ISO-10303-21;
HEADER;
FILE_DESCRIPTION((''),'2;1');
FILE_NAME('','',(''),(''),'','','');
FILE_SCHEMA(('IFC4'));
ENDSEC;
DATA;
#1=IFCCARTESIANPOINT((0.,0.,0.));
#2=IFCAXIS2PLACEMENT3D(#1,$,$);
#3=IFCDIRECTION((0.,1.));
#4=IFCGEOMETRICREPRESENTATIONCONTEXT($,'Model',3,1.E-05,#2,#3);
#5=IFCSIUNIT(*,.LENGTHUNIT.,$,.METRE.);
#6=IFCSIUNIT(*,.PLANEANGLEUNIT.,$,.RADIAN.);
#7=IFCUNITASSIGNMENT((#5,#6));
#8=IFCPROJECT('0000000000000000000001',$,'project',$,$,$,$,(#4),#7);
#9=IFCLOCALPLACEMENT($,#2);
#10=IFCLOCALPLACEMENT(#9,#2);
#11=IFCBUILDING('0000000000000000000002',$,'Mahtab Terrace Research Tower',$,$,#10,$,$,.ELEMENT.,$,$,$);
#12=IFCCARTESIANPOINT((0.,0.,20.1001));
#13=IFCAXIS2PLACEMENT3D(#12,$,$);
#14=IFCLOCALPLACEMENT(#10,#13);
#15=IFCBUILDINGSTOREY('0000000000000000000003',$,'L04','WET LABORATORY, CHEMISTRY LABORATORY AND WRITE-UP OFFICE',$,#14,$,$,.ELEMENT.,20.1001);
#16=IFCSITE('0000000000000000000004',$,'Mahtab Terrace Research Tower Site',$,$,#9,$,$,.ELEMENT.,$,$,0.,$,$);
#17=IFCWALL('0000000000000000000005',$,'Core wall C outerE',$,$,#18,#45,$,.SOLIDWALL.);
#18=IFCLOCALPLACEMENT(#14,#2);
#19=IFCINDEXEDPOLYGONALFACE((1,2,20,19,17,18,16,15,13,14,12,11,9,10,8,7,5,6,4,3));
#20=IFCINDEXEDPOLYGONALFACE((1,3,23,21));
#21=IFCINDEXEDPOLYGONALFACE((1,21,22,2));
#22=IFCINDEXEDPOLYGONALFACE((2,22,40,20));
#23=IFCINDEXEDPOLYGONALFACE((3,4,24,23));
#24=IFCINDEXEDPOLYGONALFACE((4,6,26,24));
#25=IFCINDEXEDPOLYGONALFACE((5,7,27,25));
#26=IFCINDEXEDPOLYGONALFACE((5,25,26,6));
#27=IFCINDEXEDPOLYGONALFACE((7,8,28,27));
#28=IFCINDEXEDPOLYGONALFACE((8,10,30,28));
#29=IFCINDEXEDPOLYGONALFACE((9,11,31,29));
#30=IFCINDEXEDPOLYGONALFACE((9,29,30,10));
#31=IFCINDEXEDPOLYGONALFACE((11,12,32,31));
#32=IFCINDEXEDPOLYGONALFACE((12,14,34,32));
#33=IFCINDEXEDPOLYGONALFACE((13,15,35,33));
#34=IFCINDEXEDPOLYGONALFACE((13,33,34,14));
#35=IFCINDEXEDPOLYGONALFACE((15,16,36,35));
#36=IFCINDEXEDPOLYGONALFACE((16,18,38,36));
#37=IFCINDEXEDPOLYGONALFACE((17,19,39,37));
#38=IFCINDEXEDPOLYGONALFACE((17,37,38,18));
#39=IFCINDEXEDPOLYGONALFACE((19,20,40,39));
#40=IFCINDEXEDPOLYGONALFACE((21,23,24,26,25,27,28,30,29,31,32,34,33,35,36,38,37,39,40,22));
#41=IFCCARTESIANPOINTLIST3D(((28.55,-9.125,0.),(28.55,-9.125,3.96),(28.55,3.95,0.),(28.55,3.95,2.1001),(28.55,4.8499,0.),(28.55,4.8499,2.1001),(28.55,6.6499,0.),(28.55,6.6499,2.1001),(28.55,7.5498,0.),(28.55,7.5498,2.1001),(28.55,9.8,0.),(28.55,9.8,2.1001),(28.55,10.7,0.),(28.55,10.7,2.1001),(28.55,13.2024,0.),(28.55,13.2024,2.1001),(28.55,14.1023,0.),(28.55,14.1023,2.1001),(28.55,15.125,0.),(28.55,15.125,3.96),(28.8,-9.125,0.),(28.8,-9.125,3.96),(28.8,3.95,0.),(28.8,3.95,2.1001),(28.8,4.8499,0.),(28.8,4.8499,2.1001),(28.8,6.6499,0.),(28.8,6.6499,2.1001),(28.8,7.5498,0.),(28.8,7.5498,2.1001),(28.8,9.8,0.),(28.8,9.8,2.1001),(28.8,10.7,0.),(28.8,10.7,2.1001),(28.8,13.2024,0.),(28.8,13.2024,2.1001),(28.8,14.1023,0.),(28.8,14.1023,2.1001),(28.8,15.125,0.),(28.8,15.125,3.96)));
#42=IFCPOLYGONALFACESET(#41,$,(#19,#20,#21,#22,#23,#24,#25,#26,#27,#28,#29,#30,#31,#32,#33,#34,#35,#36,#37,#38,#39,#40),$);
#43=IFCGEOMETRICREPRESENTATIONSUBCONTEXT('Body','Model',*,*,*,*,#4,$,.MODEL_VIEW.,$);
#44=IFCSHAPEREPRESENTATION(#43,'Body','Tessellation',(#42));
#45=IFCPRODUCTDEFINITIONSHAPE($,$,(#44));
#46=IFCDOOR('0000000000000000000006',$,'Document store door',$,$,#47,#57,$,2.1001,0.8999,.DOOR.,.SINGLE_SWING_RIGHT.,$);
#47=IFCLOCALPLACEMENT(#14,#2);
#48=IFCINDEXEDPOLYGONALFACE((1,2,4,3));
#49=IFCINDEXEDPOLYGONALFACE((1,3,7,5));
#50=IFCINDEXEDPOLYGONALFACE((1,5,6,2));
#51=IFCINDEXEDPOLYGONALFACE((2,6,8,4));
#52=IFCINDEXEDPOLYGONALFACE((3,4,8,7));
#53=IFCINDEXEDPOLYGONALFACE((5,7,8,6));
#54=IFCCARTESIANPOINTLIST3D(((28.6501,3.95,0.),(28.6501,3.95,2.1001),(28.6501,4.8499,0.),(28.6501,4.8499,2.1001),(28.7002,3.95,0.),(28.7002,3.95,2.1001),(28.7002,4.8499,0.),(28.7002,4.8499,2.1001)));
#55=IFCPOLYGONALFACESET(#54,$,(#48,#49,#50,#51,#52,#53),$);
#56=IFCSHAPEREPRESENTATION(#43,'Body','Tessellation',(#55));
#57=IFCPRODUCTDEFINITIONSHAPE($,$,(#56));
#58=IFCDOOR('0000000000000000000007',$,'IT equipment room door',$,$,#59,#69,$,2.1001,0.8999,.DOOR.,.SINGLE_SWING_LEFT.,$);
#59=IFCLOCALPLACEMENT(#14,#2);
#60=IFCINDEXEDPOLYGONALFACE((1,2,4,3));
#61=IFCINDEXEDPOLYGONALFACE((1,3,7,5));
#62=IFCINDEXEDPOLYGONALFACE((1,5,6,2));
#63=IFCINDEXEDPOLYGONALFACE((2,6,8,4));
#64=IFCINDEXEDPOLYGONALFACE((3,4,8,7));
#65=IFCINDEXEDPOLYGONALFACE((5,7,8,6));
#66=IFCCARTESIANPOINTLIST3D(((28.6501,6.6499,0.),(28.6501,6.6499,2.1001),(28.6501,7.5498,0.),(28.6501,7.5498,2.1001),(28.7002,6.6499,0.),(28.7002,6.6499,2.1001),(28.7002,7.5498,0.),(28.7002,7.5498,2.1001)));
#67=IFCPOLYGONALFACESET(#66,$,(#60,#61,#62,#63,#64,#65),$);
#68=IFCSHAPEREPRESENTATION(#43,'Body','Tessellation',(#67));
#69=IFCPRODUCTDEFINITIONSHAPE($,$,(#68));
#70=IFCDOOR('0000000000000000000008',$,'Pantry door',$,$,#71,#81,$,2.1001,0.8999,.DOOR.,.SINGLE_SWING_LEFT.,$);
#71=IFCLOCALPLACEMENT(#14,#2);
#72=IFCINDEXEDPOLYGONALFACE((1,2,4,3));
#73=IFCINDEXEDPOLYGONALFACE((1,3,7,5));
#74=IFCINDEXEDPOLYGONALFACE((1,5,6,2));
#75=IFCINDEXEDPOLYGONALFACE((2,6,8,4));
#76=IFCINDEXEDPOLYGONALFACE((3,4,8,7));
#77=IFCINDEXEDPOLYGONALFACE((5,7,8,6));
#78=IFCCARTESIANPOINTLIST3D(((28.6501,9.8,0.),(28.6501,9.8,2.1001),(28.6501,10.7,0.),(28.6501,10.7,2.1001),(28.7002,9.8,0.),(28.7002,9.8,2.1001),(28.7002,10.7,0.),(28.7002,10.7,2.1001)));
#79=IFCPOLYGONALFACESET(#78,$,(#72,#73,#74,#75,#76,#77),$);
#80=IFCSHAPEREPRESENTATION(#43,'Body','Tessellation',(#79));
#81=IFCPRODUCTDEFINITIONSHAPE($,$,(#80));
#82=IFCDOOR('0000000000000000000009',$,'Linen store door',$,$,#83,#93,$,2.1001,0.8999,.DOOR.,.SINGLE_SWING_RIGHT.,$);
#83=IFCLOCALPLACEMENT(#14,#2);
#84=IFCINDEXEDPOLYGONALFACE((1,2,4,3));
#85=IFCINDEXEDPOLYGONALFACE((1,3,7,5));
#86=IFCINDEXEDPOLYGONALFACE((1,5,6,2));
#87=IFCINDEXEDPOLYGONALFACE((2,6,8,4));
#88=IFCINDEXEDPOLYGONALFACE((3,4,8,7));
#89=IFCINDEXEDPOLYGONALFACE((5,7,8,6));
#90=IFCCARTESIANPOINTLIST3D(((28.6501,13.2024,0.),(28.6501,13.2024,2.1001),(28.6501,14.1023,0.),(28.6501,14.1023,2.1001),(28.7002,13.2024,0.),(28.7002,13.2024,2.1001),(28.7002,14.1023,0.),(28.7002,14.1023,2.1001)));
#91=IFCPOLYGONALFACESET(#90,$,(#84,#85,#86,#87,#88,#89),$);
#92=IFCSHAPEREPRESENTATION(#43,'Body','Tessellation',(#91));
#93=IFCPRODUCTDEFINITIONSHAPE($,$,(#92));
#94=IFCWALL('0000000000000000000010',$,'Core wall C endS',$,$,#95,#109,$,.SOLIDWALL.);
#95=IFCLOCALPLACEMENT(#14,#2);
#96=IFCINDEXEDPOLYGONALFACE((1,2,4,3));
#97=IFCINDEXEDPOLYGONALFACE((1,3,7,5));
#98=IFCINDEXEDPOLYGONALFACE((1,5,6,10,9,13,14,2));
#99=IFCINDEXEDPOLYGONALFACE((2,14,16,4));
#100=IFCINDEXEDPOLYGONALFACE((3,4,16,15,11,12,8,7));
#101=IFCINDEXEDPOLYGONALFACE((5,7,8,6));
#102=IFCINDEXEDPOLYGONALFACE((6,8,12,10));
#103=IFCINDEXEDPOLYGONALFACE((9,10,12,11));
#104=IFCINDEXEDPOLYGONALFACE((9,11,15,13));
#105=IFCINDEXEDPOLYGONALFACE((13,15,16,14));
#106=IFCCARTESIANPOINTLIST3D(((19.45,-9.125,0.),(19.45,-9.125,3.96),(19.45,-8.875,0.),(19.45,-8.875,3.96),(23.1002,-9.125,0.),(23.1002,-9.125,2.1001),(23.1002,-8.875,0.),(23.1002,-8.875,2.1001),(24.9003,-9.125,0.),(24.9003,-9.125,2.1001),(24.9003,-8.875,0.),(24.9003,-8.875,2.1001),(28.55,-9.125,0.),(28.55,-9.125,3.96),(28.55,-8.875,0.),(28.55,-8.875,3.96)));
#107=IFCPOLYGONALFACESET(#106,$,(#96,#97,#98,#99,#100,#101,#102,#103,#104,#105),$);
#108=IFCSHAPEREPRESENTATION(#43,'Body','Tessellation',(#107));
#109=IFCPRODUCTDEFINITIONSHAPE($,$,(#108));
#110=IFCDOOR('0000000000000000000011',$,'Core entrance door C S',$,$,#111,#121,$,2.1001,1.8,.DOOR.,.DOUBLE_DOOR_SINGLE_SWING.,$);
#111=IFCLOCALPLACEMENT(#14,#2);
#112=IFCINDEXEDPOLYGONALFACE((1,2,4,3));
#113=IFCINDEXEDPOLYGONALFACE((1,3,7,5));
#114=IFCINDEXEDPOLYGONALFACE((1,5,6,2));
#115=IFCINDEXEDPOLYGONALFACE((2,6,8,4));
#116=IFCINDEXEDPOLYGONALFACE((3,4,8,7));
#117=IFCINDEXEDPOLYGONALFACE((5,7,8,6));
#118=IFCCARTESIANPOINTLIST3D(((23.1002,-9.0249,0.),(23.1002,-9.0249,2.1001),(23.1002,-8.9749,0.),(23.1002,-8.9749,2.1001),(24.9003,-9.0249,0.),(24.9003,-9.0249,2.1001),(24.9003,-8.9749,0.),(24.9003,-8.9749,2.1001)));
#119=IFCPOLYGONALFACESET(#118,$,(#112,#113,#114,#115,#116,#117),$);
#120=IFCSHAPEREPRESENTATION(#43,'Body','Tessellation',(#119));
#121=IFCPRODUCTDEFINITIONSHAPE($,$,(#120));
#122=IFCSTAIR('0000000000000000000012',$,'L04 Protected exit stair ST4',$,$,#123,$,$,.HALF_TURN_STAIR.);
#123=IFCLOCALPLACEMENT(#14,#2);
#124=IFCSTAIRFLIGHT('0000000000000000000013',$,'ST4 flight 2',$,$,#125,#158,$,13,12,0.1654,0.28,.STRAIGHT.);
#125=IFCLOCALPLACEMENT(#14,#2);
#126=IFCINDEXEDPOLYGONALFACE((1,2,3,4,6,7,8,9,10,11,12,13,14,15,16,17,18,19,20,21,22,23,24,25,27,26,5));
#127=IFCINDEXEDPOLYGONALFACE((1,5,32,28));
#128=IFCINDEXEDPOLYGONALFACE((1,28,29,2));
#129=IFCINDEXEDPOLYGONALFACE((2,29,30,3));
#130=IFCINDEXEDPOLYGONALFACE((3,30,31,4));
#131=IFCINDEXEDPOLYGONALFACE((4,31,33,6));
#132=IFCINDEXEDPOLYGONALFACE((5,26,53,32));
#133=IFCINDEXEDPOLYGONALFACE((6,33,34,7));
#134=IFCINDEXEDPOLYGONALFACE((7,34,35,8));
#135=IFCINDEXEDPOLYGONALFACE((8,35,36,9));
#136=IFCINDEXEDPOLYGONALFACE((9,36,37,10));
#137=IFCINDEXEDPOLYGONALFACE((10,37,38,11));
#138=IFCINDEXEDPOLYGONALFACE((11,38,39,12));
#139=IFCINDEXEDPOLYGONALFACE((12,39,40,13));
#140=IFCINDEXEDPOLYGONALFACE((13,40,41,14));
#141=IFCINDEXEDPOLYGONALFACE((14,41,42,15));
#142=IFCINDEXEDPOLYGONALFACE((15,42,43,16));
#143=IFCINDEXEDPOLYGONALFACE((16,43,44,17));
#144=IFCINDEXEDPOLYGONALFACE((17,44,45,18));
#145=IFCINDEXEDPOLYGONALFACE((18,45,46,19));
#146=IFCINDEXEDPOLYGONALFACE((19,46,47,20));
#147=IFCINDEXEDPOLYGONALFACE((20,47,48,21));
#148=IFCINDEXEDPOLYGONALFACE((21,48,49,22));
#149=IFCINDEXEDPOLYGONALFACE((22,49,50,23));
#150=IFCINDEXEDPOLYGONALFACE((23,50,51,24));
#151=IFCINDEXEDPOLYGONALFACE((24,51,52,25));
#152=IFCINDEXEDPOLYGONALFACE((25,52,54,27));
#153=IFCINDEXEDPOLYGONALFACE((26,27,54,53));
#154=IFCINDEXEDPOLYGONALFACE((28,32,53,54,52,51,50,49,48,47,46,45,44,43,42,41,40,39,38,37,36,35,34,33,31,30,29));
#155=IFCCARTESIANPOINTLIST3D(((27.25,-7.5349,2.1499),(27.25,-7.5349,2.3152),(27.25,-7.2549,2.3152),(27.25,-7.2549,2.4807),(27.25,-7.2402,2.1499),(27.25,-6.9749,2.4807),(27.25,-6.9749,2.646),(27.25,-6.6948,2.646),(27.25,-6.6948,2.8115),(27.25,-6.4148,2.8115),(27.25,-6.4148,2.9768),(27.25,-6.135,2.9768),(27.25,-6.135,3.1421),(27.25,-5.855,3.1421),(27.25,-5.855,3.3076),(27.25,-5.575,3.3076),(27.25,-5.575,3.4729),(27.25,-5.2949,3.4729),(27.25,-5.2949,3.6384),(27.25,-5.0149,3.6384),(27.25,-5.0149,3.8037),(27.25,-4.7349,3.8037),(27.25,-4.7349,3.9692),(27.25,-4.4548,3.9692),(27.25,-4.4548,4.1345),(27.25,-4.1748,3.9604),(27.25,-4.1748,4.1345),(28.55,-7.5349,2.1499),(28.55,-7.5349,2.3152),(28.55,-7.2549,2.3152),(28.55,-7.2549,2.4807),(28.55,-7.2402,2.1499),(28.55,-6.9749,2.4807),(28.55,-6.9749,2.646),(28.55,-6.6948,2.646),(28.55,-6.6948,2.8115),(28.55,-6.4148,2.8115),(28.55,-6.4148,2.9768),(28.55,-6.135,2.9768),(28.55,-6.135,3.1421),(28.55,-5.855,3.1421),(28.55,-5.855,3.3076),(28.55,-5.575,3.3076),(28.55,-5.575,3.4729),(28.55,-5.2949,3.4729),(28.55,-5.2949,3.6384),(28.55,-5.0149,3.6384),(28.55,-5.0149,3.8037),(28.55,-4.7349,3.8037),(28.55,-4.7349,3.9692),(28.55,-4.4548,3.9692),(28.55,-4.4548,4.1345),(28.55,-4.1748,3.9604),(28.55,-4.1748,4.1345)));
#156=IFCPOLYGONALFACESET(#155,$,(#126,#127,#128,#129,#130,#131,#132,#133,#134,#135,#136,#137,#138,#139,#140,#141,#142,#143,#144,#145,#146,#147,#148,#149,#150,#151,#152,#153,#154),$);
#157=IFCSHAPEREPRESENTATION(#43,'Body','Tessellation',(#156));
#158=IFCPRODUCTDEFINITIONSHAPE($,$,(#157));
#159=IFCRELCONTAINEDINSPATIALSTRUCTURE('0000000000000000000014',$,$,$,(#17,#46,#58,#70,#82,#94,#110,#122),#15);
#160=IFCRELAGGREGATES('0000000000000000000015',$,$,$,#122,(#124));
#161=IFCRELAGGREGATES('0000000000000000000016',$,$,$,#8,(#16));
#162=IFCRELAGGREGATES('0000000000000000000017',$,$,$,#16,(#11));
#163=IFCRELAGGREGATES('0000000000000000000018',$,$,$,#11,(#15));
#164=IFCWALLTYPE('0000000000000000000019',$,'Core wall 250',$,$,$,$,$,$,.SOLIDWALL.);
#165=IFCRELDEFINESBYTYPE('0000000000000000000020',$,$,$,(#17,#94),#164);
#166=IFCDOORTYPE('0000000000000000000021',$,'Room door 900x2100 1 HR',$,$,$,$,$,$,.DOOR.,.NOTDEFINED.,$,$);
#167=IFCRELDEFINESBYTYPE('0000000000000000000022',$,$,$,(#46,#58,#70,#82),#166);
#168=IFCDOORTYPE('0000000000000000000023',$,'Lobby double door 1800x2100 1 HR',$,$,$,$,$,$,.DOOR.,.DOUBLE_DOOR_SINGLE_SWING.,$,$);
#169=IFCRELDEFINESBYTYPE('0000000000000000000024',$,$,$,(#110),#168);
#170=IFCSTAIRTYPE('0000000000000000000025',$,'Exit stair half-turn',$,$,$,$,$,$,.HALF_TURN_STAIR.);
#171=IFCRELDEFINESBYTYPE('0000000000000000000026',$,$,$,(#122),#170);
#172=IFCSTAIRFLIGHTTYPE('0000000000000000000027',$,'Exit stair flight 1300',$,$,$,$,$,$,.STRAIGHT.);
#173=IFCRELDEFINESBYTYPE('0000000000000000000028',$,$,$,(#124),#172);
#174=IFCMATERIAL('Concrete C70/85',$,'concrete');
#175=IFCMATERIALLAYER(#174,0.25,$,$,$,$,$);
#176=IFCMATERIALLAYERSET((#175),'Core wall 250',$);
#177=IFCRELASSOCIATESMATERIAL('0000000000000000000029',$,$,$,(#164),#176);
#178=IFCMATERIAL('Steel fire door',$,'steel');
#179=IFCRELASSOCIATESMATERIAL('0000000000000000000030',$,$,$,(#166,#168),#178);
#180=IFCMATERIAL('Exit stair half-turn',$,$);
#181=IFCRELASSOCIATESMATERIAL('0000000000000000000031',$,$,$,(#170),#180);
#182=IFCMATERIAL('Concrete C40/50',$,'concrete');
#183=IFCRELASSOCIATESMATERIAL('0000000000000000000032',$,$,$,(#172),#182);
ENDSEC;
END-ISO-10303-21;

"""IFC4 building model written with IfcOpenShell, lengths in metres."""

from ifc_helpers import new_model, si_unit, direction, frame, frame_2d, origin, place, context, subcontext, project, spatial, polyline, rectangle, outline, extrude, material, layer, layer_set, type_object, element, fill, aggregate, save


model = new_model("IFC4")

# Units and contexts
model_context = context("Model", 3, precision=1e-05, world=origin(), true_north=direction((0.0, 1.0)))
body_context = subcontext(model_context, "Body", "Model", "MODEL_VIEW")
ifc_project = project(units=[si_unit("LENGTHUNIT", "METRE"), si_unit("PLANEANGLEUNIT", "RADIAN")], contexts=[model_context])

# Site, building, storey
site_placement = place(None, origin())
site = spatial("IfcSite", under=ifc_project, at=site_placement, Name="Mahtab Terrace Research Tower Site", CompositionType="ELEMENT", RefElevation=0.0)
building_placement = place(site_placement, origin())
building = spatial("IfcBuilding", under=site, at=building_placement, Name="Mahtab Terrace Research Tower", CompositionType="ELEMENT")
storey_placement = place(building_placement, frame((0.0, 0.0, 20.1001)))
storey = spatial("IfcBuildingStorey", under=building, at=storey_placement, Name="L04", Description="WET LABORATORY, CHEMISTRY LABORATORY AND WRITE-UP OFFICE", CompositionType="ELEMENT", Elevation=20.1001)

# Wall, openings, doors
ifc_material_1 = material(Name="Concrete C70/85", Category="concrete")
ifc_layer = layer(ifc_material_1, 0.25)
ifc_layer_set = layer_set([ifc_layer], Name="Core wall 250")
wall_type = type_object("IfcWallType", Name="Core wall 250", PredefinedType="SOLIDWALL", material=ifc_layer_set)
wall_1_placement = place(storey_placement, frame((28.675, -9.125, 0.0), z_axis=(0.0, 0.0, 1.0), x_axis=(0.0, 1.0, 0.0)))
wall_1 = element("IfcWall", 1, at=wall_1_placement, inside=storey, type_object=wall_type, Name="Core wall C outerE", PredefinedType="SOLIDWALL", context=body_context, shape_type="SweptSolid", body=[
    extrude(rectangle(XDim=24.25, YDim=0.25, at=frame_2d((12.125, 0.0))), origin(), (0.0, 0.0, 1.0), 3.96),
])
opening_1_placement = place(wall_1_placement, frame((13.075, 0.0, 0.0)))
opening_1 = element("IfcOpeningElement", 2, at=opening_1_placement, cuts=wall_1, PredefinedType="OPENING", context=body_context, shape_type="SweptSolid", body=[
    extrude(rectangle(XDim=0.8999, YDim=2.1001, at=frame_2d((0.45, 1.05))), frame((0.0, 0.135, 0.0), z_axis=(0.0, -1.0, 0.0), x_axis=(1.0, 0.0, 0.0)), (0.0, 0.0, 1.0), 0.27),
])
opening_2_placement = place(wall_1_placement, frame((15.7749, 0.0, 0.0)))
opening_2 = element("IfcOpeningElement", 3, at=opening_2_placement, cuts=wall_1, PredefinedType="OPENING", context=body_context, shape_type="SweptSolid", body=[
    extrude(rectangle(XDim=0.8999, YDim=2.1001, at=frame_2d((0.45, 1.05))), frame((0.0, 0.135, 0.0), z_axis=(0.0, -1.0, 0.0), x_axis=(1.0, 0.0, 0.0)), (0.0, 0.0, 1.0), 0.27),
])
opening_3_placement = place(wall_1_placement, frame((18.925, 0.0, 0.0)))
opening_3 = element("IfcOpeningElement", 4, at=opening_3_placement, cuts=wall_1, PredefinedType="OPENING", context=body_context, shape_type="SweptSolid", body=[
    extrude(rectangle(XDim=0.8999, YDim=2.1001, at=frame_2d((0.45, 1.05))), frame((0.0, 0.135, 0.0), z_axis=(0.0, -1.0, 0.0), x_axis=(1.0, 0.0, 0.0)), (0.0, 0.0, 1.0), 0.27),
])
opening_4_placement = place(wall_1_placement, frame((22.3274, 0.0, 0.0)))
opening_4 = element("IfcOpeningElement", 5, at=opening_4_placement, cuts=wall_1, PredefinedType="OPENING", context=body_context, shape_type="SweptSolid", body=[
    extrude(rectangle(XDim=0.8999, YDim=2.1001, at=frame_2d((0.45, 1.05))), frame((0.0, 0.135, 0.0), z_axis=(0.0, -1.0, 0.0), x_axis=(1.0, 0.0, 0.0)), (0.0, 0.0, 1.0), 0.27),
])
ifc_material_2 = material(Name="Steel fire door", Category="steel")
door_type_1 = type_object("IfcDoorType", Name="Room door 900x2100 1 HR", OperationType="NOTDEFINED", PredefinedType="DOOR", material=ifc_material_2)
door_1_placement = place(opening_1_placement, origin())
door_1 = element("IfcDoor", 6, at=door_1_placement, inside=storey, type_object=door_type_1, Name="Document store door", OperationType="SINGLE_SWING_RIGHT", OverallHeight=2.1001, OverallWidth=0.8999, PredefinedType="DOOR", context=body_context, shape_type="SweptSolid", body=[
    extrude(rectangle(XDim=0.8999, YDim=2.1001, at=frame_2d((0.45, 1.05))), frame((0.0, 0.0249, 0.0), z_axis=(0.0, -1.0, 0.0), x_axis=(1.0, 0.0, 0.0)), (0.0, 0.0, 1.0), 0.05),
])
fill(opening_1, door_1)
door_2_placement = place(opening_2_placement, origin())
door_2 = element("IfcDoor", 7, at=door_2_placement, inside=storey, type_object=door_type_1, Name="IT equipment room door", OperationType="SINGLE_SWING_LEFT", OverallHeight=2.1001, OverallWidth=0.8999, PredefinedType="DOOR", context=body_context, shape_type="SweptSolid", body=[
    extrude(rectangle(XDim=0.8999, YDim=2.1001, at=frame_2d((0.45, 1.05))), frame((0.0, 0.0249, 0.0), z_axis=(0.0, -1.0, 0.0), x_axis=(1.0, 0.0, 0.0)), (0.0, 0.0, 1.0), 0.05),
])
fill(opening_2, door_2)
door_3_placement = place(opening_3_placement, origin())
door_3 = element("IfcDoor", 8, at=door_3_placement, inside=storey, type_object=door_type_1, Name="Pantry door", OperationType="SINGLE_SWING_LEFT", OverallHeight=2.1001, OverallWidth=0.8999, PredefinedType="DOOR", context=body_context, shape_type="SweptSolid", body=[
    extrude(rectangle(XDim=0.8999, YDim=2.1001, at=frame_2d((0.45, 1.05))), frame((0.0, 0.0249, 0.0), z_axis=(0.0, -1.0, 0.0), x_axis=(1.0, 0.0, 0.0)), (0.0, 0.0, 1.0), 0.05),
])
fill(opening_3, door_3)
door_4_placement = place(opening_4_placement, origin())
door_4 = element("IfcDoor", 9, at=door_4_placement, inside=storey, type_object=door_type_1, Name="Linen store door", OperationType="SINGLE_SWING_RIGHT", OverallHeight=2.1001, OverallWidth=0.8999, PredefinedType="DOOR", context=body_context, shape_type="SweptSolid", body=[
    extrude(rectangle(XDim=0.8999, YDim=2.1001, at=frame_2d((0.45, 1.05))), frame((0.0, 0.0249, 0.0), z_axis=(0.0, -1.0, 0.0), x_axis=(1.0, 0.0, 0.0)), (0.0, 0.0, 1.0), 0.05),
])
fill(opening_4, door_4)

# Wall, opening, door
wall_2_placement = place(storey_placement, frame((28.55, -9.0, 0.0), z_axis=(0.0, 0.0, 1.0), x_axis=(-1.0, 0.0, 0.0)))
wall_2 = element("IfcWall", 10, at=wall_2_placement, inside=storey, type_object=wall_type, Name="Core wall C endS", PredefinedType="SOLIDWALL", context=body_context, shape_type="SweptSolid", body=[
    extrude(rectangle(XDim=9.1001, YDim=0.25, at=frame_2d((4.55, 0.0))), origin(), (0.0, 0.0, 1.0), 3.96),
])
opening_5_placement = place(wall_2_placement, frame((3.6499, 0.0, 0.0)))
opening_5 = element("IfcOpeningElement", 11, at=opening_5_placement, cuts=wall_2, PredefinedType="OPENING", context=body_context, shape_type="SweptSolid", body=[
    extrude(rectangle(XDim=1.8, YDim=2.1001, at=frame_2d((0.8999, 1.05))), frame((0.0, 0.135, 0.0), z_axis=(0.0, -1.0, 0.0), x_axis=(1.0, 0.0, 0.0)), (0.0, 0.0, 1.0), 0.27),
])
door_type_2 = type_object("IfcDoorType", Name="Lobby double door 1800x2100 1 HR", OperationType="DOUBLE_DOOR_SINGLE_SWING", PredefinedType="DOOR", material=ifc_material_2)
door_5_placement = place(opening_5_placement, origin())
door_5 = element("IfcDoor", 12, at=door_5_placement, inside=storey, type_object=door_type_2, Name="Core entrance door C S", OperationType="DOUBLE_DOOR_SINGLE_SWING", OverallHeight=2.1001, OverallWidth=1.8, PredefinedType="DOOR", context=body_context, shape_type="SweptSolid", body=[
    extrude(rectangle(XDim=1.8, YDim=2.1001, at=frame_2d((0.8999, 1.05))), frame((0.0, 0.0249, 0.0), z_axis=(0.0, -1.0, 0.0), x_axis=(1.0, 0.0, 0.0)), (0.0, 0.0, 1.0), 0.05),
])
fill(opening_5, door_5)

# Stair, stair flight
ifc_material_3 = material(Name="Exit stair half-turn")
stair_type = type_object("IfcStairType", Name="Exit stair half-turn", PredefinedType="HALF_TURN_STAIR", material=ifc_material_3)
stair_placement = place(storey_placement, origin())
stair = element("IfcStair", 13, at=stair_placement, inside=storey, type_object=stair_type, Name="L04 Protected exit stair ST4", PredefinedType="HALF_TURN_STAIR")
ifc_material_4 = material(Name="Concrete C40/50", Category="concrete")
stair_flight_type = type_object("IfcStairFlightType", Name="Exit stair flight 1300", PredefinedType="STRAIGHT", material=ifc_material_4)
stair_flight_placement = place(storey_placement, frame((27.8999, -7.5349, 2.1499), z_axis=(0.0, 0.0, 1.0), x_axis=(0.0, 1.0, 0.0)))
stair_flight = element("IfcStairFlight", 14, at=stair_flight_placement, type_object=stair_flight_type, Name="ST4 flight 2", NumberOfRisers=13, NumberOfTreads=12, PredefinedType="STRAIGHT", RiserHeight=0.1654, TreadLength=0.28, context=body_context, shape_type="SweptSolid", body=[
    extrude(outline(polyline([(0.0, 0.0), (0.0, 0.1653), (0.28, 0.1653), (0.28, 0.3308), (0.5601, 0.3308), (0.5601, 0.4961), (0.8401, 0.4961), (0.8401, 0.6616), (1.1201, 0.6616), (1.1201, 0.8269), (1.3999, 0.8269), (1.3999, 0.9922), (1.6799, 0.9922), (1.6799, 1.1577), (1.96, 1.1577), (1.96, 1.323), (2.24, 1.323), (2.24, 1.4885), (2.52, 1.4885), (2.52, 1.6538), (2.8, 1.6538), (2.8, 1.8193), (3.0801, 1.8193), (3.0801, 1.9846), (3.3601, 1.9846), (3.3601, 2.1499), (3.3601, 1.8105), (0.2947, 0.0), (0.0, 0.0)])), frame((0.0, 0.6499, 0.0), z_axis=(0.0, -1.0, 0.0), x_axis=(1.0, 0.0, 0.0)), (0.0, 0.0, 1.0), 1.3),
])
aggregate(stair, [stair_flight])

save(model, "model.ifc")
